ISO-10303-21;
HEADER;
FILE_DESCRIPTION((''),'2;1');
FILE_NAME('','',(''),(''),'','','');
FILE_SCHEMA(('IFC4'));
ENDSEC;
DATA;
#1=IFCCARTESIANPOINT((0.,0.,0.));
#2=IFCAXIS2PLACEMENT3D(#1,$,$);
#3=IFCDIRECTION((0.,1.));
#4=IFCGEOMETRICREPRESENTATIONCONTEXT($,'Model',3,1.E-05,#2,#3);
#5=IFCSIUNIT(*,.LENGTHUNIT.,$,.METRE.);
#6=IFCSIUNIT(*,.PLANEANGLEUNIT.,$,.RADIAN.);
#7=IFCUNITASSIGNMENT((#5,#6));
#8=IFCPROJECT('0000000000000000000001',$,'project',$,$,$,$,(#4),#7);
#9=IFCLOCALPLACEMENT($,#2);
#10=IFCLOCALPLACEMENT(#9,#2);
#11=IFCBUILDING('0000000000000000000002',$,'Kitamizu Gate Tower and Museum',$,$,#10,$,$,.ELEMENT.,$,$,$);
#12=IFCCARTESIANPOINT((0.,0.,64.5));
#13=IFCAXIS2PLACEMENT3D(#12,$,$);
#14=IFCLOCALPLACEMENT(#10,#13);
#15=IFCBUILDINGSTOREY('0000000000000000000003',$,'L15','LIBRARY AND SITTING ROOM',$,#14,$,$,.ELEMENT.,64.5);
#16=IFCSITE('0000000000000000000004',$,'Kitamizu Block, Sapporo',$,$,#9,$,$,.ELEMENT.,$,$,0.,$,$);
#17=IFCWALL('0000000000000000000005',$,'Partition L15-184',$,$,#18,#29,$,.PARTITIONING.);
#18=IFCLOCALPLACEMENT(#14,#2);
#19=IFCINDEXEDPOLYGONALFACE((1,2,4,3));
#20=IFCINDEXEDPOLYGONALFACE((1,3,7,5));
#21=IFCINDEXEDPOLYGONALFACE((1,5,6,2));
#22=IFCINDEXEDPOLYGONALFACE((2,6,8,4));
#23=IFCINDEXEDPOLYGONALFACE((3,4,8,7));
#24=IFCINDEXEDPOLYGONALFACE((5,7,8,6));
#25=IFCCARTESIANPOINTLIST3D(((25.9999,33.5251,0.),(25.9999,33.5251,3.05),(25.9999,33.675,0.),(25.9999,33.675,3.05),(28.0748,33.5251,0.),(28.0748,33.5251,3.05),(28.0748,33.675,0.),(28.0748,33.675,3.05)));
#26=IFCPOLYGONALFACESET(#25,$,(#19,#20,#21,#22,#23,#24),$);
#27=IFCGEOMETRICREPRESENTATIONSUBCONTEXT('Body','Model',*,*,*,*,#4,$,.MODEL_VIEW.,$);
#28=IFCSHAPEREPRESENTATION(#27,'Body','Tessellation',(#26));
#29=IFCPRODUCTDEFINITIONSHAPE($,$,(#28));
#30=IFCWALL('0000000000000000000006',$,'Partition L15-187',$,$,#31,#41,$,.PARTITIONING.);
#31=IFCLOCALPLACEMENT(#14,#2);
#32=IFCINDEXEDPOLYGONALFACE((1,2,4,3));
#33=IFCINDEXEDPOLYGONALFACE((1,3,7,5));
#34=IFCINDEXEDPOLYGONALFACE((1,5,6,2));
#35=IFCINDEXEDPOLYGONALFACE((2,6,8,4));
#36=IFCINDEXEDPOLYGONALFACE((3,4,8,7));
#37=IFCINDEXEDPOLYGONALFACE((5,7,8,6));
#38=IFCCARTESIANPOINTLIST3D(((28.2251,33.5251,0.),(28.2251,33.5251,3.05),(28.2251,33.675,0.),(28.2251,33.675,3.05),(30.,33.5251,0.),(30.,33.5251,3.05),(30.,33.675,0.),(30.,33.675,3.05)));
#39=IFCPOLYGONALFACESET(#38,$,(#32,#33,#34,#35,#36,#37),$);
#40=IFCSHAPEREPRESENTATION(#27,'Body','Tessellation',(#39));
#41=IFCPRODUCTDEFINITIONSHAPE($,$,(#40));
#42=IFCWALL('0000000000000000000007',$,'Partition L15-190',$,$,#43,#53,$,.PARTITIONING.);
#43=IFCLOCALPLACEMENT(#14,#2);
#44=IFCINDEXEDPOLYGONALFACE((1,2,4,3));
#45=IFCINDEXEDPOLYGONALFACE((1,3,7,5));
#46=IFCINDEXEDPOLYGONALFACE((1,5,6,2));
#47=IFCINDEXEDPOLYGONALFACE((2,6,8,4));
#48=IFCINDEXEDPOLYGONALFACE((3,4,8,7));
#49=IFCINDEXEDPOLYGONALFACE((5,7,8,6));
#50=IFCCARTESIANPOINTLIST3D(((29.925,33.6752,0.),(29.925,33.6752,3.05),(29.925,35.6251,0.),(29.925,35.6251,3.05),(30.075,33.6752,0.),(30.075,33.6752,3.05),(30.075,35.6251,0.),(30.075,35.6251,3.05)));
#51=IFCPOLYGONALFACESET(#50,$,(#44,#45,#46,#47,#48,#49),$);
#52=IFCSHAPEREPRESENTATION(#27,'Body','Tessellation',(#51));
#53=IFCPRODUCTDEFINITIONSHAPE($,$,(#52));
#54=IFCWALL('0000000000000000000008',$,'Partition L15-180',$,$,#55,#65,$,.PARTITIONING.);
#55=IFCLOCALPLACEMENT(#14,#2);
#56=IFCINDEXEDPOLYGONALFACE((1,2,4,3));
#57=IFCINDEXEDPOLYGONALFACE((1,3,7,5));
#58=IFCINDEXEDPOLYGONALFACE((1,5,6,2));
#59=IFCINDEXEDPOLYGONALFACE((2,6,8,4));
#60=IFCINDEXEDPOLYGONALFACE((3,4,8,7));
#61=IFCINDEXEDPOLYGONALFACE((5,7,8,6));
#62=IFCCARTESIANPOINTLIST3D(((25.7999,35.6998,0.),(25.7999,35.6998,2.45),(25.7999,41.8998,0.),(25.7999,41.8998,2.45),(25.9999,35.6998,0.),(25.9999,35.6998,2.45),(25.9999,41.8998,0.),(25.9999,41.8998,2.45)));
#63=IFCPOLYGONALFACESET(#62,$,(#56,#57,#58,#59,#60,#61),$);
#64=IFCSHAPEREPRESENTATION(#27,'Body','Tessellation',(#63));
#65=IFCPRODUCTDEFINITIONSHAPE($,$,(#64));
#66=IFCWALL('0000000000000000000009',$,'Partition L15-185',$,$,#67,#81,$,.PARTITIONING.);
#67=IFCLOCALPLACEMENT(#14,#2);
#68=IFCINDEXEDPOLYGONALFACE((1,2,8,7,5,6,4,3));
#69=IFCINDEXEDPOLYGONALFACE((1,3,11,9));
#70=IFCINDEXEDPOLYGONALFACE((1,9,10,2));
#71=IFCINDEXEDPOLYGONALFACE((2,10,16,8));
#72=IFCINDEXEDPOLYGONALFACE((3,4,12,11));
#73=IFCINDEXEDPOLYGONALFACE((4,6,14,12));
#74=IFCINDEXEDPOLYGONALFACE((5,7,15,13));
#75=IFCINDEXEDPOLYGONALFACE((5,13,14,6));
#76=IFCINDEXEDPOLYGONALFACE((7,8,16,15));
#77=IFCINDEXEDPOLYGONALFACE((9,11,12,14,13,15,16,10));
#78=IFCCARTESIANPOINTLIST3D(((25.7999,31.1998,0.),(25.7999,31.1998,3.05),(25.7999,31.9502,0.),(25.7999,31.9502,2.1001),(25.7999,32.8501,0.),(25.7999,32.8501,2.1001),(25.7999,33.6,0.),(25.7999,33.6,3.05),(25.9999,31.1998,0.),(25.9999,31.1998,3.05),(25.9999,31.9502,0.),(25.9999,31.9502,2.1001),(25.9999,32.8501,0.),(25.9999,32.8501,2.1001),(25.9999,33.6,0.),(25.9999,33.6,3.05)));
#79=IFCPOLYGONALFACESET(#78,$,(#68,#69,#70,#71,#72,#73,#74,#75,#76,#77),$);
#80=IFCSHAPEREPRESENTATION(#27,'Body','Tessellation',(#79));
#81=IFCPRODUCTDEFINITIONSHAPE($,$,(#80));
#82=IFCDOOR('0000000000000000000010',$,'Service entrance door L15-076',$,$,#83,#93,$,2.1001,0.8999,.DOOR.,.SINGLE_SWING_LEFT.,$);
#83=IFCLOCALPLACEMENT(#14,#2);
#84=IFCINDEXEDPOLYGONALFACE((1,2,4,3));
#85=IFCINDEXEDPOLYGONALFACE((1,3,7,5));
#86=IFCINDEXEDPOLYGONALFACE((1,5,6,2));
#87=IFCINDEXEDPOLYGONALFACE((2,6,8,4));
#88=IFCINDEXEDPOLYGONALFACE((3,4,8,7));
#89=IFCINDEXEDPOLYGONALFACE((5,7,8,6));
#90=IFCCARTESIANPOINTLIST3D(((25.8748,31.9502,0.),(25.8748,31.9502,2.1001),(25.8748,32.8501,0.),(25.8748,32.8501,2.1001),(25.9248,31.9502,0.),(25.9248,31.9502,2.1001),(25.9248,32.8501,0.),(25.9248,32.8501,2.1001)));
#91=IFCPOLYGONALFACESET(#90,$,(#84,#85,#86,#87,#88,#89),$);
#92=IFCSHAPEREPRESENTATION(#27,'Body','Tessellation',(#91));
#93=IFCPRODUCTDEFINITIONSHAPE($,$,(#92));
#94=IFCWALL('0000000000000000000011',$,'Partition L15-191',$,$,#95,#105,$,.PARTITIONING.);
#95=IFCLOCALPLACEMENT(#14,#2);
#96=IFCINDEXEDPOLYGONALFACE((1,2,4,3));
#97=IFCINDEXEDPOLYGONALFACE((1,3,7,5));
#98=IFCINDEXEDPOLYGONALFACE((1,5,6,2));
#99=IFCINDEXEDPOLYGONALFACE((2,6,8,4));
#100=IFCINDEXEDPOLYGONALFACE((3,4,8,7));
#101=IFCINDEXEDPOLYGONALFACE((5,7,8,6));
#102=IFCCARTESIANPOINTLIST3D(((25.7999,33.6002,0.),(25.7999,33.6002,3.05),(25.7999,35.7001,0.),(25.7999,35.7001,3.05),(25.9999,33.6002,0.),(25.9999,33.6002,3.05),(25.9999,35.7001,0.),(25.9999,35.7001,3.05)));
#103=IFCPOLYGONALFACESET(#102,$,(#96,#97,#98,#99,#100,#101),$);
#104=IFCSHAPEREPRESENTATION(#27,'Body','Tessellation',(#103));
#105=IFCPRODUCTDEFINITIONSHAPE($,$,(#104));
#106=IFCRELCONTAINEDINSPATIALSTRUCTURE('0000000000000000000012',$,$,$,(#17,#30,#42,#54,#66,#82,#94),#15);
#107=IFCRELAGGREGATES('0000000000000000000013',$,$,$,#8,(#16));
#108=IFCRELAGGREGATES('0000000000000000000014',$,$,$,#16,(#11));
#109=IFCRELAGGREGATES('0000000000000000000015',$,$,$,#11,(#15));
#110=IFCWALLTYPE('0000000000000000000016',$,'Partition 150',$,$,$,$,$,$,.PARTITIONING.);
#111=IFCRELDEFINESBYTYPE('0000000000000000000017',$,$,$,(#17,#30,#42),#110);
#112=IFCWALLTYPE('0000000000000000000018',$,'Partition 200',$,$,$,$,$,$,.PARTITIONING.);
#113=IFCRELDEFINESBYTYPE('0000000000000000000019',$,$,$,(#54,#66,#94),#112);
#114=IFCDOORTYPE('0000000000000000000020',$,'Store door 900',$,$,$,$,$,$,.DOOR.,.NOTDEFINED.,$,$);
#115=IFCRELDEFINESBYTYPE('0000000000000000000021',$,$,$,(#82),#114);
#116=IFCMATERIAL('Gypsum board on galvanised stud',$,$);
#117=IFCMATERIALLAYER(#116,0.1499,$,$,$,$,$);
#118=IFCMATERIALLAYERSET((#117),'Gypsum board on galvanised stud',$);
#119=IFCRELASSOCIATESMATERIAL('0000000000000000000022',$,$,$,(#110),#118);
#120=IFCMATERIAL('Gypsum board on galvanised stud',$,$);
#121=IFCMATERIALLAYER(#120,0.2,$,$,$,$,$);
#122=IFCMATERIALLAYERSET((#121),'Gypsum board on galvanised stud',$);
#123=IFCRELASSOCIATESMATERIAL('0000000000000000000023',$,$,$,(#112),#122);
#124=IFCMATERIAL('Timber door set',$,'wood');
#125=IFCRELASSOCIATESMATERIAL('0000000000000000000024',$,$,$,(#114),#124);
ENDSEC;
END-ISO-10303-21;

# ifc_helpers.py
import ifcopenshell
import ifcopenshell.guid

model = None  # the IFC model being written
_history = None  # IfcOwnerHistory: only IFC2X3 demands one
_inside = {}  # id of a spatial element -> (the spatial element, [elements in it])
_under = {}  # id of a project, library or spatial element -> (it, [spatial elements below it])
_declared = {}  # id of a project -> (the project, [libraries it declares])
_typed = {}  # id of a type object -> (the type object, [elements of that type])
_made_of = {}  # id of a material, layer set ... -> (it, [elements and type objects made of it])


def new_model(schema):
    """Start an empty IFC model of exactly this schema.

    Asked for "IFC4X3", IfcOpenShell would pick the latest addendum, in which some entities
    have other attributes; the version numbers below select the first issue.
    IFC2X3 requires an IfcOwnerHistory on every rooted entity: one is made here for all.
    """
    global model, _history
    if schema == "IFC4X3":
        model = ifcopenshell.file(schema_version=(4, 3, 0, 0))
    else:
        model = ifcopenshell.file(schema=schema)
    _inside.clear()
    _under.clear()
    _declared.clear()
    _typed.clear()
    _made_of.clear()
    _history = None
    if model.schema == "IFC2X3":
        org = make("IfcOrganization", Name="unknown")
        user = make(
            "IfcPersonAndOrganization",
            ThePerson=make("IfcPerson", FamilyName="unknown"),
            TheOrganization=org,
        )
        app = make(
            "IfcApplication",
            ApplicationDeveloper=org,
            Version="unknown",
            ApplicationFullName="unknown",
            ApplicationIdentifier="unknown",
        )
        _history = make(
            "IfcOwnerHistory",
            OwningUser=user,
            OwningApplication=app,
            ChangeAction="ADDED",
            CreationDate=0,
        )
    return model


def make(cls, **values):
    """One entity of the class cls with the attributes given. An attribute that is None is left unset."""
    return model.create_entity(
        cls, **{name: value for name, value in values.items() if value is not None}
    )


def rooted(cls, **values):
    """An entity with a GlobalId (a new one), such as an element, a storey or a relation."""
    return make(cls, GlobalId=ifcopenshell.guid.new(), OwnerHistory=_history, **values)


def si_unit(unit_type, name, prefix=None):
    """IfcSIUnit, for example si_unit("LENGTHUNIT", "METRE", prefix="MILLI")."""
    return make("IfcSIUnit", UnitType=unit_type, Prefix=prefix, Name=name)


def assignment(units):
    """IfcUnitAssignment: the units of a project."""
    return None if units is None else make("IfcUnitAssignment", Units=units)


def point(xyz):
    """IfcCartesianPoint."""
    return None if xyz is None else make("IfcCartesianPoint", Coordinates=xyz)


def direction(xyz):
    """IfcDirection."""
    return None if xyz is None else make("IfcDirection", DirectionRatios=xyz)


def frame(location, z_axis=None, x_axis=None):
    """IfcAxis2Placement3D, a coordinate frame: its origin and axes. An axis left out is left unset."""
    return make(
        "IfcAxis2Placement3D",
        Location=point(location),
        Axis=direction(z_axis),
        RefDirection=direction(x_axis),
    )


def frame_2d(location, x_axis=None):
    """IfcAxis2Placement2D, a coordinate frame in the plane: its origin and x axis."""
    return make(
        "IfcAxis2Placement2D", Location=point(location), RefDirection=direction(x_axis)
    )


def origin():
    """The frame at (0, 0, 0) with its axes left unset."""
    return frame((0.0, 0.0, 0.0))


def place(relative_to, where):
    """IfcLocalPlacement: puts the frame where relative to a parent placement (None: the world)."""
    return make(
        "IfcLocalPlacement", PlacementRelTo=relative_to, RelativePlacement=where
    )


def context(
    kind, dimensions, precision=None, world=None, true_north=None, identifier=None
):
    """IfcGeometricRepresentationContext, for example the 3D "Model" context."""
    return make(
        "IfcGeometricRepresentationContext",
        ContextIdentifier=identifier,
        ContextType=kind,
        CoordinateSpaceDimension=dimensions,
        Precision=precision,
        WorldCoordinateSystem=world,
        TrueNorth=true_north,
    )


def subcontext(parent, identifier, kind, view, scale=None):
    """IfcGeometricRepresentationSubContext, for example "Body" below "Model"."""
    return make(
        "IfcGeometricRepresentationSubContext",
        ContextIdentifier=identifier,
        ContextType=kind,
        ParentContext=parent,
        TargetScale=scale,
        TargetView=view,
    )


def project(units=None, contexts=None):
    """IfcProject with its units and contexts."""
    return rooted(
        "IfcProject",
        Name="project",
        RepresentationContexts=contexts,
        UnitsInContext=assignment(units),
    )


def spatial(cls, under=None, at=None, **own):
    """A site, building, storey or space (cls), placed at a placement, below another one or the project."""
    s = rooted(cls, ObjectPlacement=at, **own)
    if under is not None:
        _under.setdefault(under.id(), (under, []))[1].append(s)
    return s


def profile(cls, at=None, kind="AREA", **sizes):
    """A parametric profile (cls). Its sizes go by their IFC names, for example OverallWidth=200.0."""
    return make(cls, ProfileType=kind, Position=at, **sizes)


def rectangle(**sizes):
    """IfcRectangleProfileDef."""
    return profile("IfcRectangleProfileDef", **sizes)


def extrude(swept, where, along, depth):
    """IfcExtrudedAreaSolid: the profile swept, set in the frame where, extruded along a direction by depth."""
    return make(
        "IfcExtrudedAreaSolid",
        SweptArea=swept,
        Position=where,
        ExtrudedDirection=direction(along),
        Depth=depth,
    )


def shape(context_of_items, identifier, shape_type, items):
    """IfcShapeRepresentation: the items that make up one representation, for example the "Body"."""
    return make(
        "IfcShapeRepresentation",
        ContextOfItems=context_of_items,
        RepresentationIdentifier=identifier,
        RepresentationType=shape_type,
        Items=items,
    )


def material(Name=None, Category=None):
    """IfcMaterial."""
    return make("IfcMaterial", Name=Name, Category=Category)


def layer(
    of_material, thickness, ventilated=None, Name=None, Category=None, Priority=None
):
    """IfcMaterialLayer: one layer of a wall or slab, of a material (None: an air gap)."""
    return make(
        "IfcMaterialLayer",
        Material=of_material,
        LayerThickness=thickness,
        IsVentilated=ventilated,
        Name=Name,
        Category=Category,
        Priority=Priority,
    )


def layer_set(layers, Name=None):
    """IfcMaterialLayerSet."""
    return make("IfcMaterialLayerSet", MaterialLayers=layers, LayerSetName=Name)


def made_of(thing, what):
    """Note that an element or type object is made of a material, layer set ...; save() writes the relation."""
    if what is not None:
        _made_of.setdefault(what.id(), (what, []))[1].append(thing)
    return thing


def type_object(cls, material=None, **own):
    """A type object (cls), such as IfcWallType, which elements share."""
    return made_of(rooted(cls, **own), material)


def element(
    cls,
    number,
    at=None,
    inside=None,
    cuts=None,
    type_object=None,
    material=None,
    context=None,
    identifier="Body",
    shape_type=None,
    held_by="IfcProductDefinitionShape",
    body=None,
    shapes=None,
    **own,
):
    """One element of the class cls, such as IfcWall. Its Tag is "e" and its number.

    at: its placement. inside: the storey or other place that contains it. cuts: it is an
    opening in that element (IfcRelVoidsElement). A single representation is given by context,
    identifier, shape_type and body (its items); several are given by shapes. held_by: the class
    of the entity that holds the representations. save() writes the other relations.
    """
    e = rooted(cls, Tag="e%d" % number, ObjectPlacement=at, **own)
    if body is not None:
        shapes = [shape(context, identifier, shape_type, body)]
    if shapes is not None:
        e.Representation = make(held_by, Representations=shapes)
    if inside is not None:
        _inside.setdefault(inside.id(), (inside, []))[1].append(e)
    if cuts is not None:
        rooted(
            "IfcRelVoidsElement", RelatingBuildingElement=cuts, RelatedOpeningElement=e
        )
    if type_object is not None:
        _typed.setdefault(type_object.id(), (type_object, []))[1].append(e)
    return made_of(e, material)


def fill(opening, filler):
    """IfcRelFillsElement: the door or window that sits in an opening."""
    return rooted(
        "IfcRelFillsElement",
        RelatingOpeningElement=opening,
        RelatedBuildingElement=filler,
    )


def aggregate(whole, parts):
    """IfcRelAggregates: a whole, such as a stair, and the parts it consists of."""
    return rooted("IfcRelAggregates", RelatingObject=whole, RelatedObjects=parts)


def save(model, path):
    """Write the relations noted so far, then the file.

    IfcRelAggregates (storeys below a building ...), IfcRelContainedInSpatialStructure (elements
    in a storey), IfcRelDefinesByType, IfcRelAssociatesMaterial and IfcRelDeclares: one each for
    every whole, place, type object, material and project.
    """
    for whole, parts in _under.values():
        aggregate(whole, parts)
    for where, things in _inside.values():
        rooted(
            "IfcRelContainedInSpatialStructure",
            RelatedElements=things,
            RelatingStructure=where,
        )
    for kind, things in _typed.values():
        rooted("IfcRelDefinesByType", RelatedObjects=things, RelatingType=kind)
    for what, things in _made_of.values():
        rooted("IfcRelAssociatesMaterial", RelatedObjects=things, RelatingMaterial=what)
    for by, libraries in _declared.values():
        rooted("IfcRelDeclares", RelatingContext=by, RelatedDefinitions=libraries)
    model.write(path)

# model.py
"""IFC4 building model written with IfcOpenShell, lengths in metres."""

from ifc_helpers import new_model, si_unit, direction, frame, frame_2d, origin, place, context, subcontext, project, spatial, rectangle, extrude, material, layer, layer_set, type_object, element, fill, save


model = new_model("IFC4")

# Units and contexts
model_context = context("Model", 3, precision=1e-05, world=origin(), true_north=direction((0.0, 1.0)))
body_context = subcontext(model_context, "Body", "Model", "MODEL_VIEW")
ifc_project = project(units=[si_unit("LENGTHUNIT", "METRE"), si_unit("PLANEANGLEUNIT", "RADIAN")], contexts=[model_context])

# Site, building, storey
site_placement = place(None, origin())
site = spatial("IfcSite", under=ifc_project, at=site_placement, Name="Kitamizu Block, Sapporo", CompositionType="ELEMENT", RefElevation=0.0)
building_placement = place(site_placement, origin())
building = spatial("IfcBuilding", under=site, at=building_placement, Name="Kitamizu Gate Tower and Museum", CompositionType="ELEMENT")
storey_placement = place(building_placement, frame((0.0, 0.0, 64.5)))
storey = spatial("IfcBuildingStorey", under=building, at=storey_placement, Name="L15", Description="LIBRARY AND SITTING ROOM", CompositionType="ELEMENT", Elevation=64.5)

# Shared definitions
ifc_material_1 = material(Name="Gypsum board on galvanised stud")
ifc_layer_1 = layer(ifc_material_1, 0.1499)
ifc_layer_set_1 = layer_set([ifc_layer_1], Name="Gypsum board on galvanised stud")
wall_type_1 = type_object("IfcWallType", Name="Partition 150", PredefinedType="PARTITIONING", material=ifc_layer_set_1)

# Walls
wall_1_placement = place(storey_placement, frame((28.075, 33.6001, 0.0), z_axis=(0.0, 0.0, 1.0), x_axis=(-1.0, 0.0, 0.0)))
element("IfcWall", 1, at=wall_1_placement, inside=storey, type_object=wall_type_1, Name="Partition L15-184", PredefinedType="PARTITIONING", context=body_context, shape_type="SweptSolid", body=[
    extrude(rectangle(XDim=2.075, YDim=0.1499, at=frame_2d((1.0376, 0.0))), origin(), (0.0, 0.0, 1.0), 3.05),
])
wall_2_placement = place(storey_placement, frame((30.0, 33.6001, 0.0), z_axis=(0.0, 0.0, 1.0), x_axis=(-1.0, 0.0, 0.0)))
element("IfcWall", 2, at=wall_2_placement, inside=storey, type_object=wall_type_1, Name="Partition L15-187", PredefinedType="PARTITIONING", context=body_context, shape_type="SweptSolid", body=[
    extrude(rectangle(XDim=1.7749, YDim=0.1499, at=frame_2d((0.8875, 0.0))), origin(), (0.0, 0.0, 1.0), 3.05),
])
wall_3_placement = place(storey_placement, frame((30.0, 33.675, 0.0), z_axis=(0.0, 0.0, 1.0), x_axis=(0.0, 1.0, 0.0)))
element("IfcWall", 3, at=wall_3_placement, inside=storey, type_object=wall_type_1, Name="Partition L15-190", PredefinedType="PARTITIONING", context=body_context, shape_type="SweptSolid", body=[
    extrude(rectangle(XDim=1.95, YDim=0.1499, at=frame_2d((0.9751, 0.0))), origin(), (0.0, 0.0, 1.0), 3.05),
])
ifc_material_2 = material(Name="Gypsum board on galvanised stud")
ifc_layer_2 = layer(ifc_material_2, 0.2)
ifc_layer_set_2 = layer_set([ifc_layer_2], Name="Gypsum board on galvanised stud")
wall_type_2 = type_object("IfcWallType", Name="Partition 200", PredefinedType="PARTITIONING", material=ifc_layer_set_2)
wall_4_placement = place(storey_placement, frame((25.8999, 41.8999, 0.0), z_axis=(0.0, 0.0, 1.0), x_axis=(0.0, -1.0, 0.0)))
element("IfcWall", 4, at=wall_4_placement, inside=storey, type_object=wall_type_2, Name="Partition L15-180", PredefinedType="PARTITIONING", context=body_context, shape_type="SweptSolid", body=[
    extrude(rectangle(XDim=6.2, YDim=0.2, at=frame_2d((3.1001, 0.0))), origin(), (0.0, 0.0, 1.0), 2.45),
])

# Wall, opening, door
wall_5_placement = place(storey_placement, frame((25.8999, 33.6001, 0.0), z_axis=(0.0, 0.0, 1.0), x_axis=(0.0, -1.0, 0.0)))
wall_5 = element("IfcWall", 5, at=wall_5_placement, inside=storey, type_object=wall_type_2, Name="Partition L15-185", PredefinedType="PARTITIONING", context=body_context, shape_type="SweptSolid", body=[
    extrude(rectangle(XDim=2.4001, YDim=0.2, at=frame_2d((1.2002, 0.0))), origin(), (0.0, 0.0, 1.0), 3.05),
])
opening_1_placement = place(wall_5_placement, frame((0.75, 0.0, 0.0)))
opening_1 = element("IfcOpeningElement", 6, at=opening_1_placement, cuts=wall_5, PredefinedType="OPENING", context=body_context, shape_type="SweptSolid", body=[
    extrude(rectangle(XDim=0.8999, YDim=2.1001, at=frame_2d((0.45, 1.05))), frame((0.0, 0.1099, 0.0), z_axis=(0.0, -1.0, 0.0), x_axis=(1.0, 0.0, 0.0)), (0.0, 0.0, 1.0), 0.22),
])
ifc_material_3 = material(Name="Timber door set", Category="wood")
door_type_1 = type_object("IfcDoorType", Name="Store door 900", OperationType="NOTDEFINED", PredefinedType="DOOR", material=ifc_material_3)
door_1_placement = place(opening_1_placement, origin())
door_1 = element("IfcDoor", 7, at=door_1_placement, inside=storey, type_object=door_type_1, Name="Service entrance door L15-076", OperationType="SINGLE_SWING_LEFT", OverallHeight=2.1001, OverallWidth=0.8999, PredefinedType="DOOR", context=body_context, shape_type="SweptSolid", body=[
    extrude(rectangle(XDim=0.8999, YDim=2.1001, at=frame_2d((0.45, 1.05))), frame((0.0, 0.0249, 0.0), z_axis=(0.0, -1.0, 0.0), x_axis=(1.0, 0.0, 0.0)), (0.0, 0.0, 1.0), 0.05),
])
fill(opening_1, door_1)

# Wall
wall_6_placement = place(storey_placement, frame((25.8999, 35.7, 0.0), z_axis=(0.0, 0.0, 1.0), x_axis=(0.0, -1.0, 0.0)))
element("IfcWall", 8, at=wall_6_placement, inside=storey, type_object=wall_type_2, Name="Partition L15-191", PredefinedType="PARTITIONING", context=body_context, shape_type="SweptSolid", body=[
    extrude(rectangle(XDim=2.0999, YDim=0.2, at=frame_2d((1.0498, 0.0))), origin(), (0.0, 0.0, 1.0), 3.05),
])

save(model, "model.ifc")
